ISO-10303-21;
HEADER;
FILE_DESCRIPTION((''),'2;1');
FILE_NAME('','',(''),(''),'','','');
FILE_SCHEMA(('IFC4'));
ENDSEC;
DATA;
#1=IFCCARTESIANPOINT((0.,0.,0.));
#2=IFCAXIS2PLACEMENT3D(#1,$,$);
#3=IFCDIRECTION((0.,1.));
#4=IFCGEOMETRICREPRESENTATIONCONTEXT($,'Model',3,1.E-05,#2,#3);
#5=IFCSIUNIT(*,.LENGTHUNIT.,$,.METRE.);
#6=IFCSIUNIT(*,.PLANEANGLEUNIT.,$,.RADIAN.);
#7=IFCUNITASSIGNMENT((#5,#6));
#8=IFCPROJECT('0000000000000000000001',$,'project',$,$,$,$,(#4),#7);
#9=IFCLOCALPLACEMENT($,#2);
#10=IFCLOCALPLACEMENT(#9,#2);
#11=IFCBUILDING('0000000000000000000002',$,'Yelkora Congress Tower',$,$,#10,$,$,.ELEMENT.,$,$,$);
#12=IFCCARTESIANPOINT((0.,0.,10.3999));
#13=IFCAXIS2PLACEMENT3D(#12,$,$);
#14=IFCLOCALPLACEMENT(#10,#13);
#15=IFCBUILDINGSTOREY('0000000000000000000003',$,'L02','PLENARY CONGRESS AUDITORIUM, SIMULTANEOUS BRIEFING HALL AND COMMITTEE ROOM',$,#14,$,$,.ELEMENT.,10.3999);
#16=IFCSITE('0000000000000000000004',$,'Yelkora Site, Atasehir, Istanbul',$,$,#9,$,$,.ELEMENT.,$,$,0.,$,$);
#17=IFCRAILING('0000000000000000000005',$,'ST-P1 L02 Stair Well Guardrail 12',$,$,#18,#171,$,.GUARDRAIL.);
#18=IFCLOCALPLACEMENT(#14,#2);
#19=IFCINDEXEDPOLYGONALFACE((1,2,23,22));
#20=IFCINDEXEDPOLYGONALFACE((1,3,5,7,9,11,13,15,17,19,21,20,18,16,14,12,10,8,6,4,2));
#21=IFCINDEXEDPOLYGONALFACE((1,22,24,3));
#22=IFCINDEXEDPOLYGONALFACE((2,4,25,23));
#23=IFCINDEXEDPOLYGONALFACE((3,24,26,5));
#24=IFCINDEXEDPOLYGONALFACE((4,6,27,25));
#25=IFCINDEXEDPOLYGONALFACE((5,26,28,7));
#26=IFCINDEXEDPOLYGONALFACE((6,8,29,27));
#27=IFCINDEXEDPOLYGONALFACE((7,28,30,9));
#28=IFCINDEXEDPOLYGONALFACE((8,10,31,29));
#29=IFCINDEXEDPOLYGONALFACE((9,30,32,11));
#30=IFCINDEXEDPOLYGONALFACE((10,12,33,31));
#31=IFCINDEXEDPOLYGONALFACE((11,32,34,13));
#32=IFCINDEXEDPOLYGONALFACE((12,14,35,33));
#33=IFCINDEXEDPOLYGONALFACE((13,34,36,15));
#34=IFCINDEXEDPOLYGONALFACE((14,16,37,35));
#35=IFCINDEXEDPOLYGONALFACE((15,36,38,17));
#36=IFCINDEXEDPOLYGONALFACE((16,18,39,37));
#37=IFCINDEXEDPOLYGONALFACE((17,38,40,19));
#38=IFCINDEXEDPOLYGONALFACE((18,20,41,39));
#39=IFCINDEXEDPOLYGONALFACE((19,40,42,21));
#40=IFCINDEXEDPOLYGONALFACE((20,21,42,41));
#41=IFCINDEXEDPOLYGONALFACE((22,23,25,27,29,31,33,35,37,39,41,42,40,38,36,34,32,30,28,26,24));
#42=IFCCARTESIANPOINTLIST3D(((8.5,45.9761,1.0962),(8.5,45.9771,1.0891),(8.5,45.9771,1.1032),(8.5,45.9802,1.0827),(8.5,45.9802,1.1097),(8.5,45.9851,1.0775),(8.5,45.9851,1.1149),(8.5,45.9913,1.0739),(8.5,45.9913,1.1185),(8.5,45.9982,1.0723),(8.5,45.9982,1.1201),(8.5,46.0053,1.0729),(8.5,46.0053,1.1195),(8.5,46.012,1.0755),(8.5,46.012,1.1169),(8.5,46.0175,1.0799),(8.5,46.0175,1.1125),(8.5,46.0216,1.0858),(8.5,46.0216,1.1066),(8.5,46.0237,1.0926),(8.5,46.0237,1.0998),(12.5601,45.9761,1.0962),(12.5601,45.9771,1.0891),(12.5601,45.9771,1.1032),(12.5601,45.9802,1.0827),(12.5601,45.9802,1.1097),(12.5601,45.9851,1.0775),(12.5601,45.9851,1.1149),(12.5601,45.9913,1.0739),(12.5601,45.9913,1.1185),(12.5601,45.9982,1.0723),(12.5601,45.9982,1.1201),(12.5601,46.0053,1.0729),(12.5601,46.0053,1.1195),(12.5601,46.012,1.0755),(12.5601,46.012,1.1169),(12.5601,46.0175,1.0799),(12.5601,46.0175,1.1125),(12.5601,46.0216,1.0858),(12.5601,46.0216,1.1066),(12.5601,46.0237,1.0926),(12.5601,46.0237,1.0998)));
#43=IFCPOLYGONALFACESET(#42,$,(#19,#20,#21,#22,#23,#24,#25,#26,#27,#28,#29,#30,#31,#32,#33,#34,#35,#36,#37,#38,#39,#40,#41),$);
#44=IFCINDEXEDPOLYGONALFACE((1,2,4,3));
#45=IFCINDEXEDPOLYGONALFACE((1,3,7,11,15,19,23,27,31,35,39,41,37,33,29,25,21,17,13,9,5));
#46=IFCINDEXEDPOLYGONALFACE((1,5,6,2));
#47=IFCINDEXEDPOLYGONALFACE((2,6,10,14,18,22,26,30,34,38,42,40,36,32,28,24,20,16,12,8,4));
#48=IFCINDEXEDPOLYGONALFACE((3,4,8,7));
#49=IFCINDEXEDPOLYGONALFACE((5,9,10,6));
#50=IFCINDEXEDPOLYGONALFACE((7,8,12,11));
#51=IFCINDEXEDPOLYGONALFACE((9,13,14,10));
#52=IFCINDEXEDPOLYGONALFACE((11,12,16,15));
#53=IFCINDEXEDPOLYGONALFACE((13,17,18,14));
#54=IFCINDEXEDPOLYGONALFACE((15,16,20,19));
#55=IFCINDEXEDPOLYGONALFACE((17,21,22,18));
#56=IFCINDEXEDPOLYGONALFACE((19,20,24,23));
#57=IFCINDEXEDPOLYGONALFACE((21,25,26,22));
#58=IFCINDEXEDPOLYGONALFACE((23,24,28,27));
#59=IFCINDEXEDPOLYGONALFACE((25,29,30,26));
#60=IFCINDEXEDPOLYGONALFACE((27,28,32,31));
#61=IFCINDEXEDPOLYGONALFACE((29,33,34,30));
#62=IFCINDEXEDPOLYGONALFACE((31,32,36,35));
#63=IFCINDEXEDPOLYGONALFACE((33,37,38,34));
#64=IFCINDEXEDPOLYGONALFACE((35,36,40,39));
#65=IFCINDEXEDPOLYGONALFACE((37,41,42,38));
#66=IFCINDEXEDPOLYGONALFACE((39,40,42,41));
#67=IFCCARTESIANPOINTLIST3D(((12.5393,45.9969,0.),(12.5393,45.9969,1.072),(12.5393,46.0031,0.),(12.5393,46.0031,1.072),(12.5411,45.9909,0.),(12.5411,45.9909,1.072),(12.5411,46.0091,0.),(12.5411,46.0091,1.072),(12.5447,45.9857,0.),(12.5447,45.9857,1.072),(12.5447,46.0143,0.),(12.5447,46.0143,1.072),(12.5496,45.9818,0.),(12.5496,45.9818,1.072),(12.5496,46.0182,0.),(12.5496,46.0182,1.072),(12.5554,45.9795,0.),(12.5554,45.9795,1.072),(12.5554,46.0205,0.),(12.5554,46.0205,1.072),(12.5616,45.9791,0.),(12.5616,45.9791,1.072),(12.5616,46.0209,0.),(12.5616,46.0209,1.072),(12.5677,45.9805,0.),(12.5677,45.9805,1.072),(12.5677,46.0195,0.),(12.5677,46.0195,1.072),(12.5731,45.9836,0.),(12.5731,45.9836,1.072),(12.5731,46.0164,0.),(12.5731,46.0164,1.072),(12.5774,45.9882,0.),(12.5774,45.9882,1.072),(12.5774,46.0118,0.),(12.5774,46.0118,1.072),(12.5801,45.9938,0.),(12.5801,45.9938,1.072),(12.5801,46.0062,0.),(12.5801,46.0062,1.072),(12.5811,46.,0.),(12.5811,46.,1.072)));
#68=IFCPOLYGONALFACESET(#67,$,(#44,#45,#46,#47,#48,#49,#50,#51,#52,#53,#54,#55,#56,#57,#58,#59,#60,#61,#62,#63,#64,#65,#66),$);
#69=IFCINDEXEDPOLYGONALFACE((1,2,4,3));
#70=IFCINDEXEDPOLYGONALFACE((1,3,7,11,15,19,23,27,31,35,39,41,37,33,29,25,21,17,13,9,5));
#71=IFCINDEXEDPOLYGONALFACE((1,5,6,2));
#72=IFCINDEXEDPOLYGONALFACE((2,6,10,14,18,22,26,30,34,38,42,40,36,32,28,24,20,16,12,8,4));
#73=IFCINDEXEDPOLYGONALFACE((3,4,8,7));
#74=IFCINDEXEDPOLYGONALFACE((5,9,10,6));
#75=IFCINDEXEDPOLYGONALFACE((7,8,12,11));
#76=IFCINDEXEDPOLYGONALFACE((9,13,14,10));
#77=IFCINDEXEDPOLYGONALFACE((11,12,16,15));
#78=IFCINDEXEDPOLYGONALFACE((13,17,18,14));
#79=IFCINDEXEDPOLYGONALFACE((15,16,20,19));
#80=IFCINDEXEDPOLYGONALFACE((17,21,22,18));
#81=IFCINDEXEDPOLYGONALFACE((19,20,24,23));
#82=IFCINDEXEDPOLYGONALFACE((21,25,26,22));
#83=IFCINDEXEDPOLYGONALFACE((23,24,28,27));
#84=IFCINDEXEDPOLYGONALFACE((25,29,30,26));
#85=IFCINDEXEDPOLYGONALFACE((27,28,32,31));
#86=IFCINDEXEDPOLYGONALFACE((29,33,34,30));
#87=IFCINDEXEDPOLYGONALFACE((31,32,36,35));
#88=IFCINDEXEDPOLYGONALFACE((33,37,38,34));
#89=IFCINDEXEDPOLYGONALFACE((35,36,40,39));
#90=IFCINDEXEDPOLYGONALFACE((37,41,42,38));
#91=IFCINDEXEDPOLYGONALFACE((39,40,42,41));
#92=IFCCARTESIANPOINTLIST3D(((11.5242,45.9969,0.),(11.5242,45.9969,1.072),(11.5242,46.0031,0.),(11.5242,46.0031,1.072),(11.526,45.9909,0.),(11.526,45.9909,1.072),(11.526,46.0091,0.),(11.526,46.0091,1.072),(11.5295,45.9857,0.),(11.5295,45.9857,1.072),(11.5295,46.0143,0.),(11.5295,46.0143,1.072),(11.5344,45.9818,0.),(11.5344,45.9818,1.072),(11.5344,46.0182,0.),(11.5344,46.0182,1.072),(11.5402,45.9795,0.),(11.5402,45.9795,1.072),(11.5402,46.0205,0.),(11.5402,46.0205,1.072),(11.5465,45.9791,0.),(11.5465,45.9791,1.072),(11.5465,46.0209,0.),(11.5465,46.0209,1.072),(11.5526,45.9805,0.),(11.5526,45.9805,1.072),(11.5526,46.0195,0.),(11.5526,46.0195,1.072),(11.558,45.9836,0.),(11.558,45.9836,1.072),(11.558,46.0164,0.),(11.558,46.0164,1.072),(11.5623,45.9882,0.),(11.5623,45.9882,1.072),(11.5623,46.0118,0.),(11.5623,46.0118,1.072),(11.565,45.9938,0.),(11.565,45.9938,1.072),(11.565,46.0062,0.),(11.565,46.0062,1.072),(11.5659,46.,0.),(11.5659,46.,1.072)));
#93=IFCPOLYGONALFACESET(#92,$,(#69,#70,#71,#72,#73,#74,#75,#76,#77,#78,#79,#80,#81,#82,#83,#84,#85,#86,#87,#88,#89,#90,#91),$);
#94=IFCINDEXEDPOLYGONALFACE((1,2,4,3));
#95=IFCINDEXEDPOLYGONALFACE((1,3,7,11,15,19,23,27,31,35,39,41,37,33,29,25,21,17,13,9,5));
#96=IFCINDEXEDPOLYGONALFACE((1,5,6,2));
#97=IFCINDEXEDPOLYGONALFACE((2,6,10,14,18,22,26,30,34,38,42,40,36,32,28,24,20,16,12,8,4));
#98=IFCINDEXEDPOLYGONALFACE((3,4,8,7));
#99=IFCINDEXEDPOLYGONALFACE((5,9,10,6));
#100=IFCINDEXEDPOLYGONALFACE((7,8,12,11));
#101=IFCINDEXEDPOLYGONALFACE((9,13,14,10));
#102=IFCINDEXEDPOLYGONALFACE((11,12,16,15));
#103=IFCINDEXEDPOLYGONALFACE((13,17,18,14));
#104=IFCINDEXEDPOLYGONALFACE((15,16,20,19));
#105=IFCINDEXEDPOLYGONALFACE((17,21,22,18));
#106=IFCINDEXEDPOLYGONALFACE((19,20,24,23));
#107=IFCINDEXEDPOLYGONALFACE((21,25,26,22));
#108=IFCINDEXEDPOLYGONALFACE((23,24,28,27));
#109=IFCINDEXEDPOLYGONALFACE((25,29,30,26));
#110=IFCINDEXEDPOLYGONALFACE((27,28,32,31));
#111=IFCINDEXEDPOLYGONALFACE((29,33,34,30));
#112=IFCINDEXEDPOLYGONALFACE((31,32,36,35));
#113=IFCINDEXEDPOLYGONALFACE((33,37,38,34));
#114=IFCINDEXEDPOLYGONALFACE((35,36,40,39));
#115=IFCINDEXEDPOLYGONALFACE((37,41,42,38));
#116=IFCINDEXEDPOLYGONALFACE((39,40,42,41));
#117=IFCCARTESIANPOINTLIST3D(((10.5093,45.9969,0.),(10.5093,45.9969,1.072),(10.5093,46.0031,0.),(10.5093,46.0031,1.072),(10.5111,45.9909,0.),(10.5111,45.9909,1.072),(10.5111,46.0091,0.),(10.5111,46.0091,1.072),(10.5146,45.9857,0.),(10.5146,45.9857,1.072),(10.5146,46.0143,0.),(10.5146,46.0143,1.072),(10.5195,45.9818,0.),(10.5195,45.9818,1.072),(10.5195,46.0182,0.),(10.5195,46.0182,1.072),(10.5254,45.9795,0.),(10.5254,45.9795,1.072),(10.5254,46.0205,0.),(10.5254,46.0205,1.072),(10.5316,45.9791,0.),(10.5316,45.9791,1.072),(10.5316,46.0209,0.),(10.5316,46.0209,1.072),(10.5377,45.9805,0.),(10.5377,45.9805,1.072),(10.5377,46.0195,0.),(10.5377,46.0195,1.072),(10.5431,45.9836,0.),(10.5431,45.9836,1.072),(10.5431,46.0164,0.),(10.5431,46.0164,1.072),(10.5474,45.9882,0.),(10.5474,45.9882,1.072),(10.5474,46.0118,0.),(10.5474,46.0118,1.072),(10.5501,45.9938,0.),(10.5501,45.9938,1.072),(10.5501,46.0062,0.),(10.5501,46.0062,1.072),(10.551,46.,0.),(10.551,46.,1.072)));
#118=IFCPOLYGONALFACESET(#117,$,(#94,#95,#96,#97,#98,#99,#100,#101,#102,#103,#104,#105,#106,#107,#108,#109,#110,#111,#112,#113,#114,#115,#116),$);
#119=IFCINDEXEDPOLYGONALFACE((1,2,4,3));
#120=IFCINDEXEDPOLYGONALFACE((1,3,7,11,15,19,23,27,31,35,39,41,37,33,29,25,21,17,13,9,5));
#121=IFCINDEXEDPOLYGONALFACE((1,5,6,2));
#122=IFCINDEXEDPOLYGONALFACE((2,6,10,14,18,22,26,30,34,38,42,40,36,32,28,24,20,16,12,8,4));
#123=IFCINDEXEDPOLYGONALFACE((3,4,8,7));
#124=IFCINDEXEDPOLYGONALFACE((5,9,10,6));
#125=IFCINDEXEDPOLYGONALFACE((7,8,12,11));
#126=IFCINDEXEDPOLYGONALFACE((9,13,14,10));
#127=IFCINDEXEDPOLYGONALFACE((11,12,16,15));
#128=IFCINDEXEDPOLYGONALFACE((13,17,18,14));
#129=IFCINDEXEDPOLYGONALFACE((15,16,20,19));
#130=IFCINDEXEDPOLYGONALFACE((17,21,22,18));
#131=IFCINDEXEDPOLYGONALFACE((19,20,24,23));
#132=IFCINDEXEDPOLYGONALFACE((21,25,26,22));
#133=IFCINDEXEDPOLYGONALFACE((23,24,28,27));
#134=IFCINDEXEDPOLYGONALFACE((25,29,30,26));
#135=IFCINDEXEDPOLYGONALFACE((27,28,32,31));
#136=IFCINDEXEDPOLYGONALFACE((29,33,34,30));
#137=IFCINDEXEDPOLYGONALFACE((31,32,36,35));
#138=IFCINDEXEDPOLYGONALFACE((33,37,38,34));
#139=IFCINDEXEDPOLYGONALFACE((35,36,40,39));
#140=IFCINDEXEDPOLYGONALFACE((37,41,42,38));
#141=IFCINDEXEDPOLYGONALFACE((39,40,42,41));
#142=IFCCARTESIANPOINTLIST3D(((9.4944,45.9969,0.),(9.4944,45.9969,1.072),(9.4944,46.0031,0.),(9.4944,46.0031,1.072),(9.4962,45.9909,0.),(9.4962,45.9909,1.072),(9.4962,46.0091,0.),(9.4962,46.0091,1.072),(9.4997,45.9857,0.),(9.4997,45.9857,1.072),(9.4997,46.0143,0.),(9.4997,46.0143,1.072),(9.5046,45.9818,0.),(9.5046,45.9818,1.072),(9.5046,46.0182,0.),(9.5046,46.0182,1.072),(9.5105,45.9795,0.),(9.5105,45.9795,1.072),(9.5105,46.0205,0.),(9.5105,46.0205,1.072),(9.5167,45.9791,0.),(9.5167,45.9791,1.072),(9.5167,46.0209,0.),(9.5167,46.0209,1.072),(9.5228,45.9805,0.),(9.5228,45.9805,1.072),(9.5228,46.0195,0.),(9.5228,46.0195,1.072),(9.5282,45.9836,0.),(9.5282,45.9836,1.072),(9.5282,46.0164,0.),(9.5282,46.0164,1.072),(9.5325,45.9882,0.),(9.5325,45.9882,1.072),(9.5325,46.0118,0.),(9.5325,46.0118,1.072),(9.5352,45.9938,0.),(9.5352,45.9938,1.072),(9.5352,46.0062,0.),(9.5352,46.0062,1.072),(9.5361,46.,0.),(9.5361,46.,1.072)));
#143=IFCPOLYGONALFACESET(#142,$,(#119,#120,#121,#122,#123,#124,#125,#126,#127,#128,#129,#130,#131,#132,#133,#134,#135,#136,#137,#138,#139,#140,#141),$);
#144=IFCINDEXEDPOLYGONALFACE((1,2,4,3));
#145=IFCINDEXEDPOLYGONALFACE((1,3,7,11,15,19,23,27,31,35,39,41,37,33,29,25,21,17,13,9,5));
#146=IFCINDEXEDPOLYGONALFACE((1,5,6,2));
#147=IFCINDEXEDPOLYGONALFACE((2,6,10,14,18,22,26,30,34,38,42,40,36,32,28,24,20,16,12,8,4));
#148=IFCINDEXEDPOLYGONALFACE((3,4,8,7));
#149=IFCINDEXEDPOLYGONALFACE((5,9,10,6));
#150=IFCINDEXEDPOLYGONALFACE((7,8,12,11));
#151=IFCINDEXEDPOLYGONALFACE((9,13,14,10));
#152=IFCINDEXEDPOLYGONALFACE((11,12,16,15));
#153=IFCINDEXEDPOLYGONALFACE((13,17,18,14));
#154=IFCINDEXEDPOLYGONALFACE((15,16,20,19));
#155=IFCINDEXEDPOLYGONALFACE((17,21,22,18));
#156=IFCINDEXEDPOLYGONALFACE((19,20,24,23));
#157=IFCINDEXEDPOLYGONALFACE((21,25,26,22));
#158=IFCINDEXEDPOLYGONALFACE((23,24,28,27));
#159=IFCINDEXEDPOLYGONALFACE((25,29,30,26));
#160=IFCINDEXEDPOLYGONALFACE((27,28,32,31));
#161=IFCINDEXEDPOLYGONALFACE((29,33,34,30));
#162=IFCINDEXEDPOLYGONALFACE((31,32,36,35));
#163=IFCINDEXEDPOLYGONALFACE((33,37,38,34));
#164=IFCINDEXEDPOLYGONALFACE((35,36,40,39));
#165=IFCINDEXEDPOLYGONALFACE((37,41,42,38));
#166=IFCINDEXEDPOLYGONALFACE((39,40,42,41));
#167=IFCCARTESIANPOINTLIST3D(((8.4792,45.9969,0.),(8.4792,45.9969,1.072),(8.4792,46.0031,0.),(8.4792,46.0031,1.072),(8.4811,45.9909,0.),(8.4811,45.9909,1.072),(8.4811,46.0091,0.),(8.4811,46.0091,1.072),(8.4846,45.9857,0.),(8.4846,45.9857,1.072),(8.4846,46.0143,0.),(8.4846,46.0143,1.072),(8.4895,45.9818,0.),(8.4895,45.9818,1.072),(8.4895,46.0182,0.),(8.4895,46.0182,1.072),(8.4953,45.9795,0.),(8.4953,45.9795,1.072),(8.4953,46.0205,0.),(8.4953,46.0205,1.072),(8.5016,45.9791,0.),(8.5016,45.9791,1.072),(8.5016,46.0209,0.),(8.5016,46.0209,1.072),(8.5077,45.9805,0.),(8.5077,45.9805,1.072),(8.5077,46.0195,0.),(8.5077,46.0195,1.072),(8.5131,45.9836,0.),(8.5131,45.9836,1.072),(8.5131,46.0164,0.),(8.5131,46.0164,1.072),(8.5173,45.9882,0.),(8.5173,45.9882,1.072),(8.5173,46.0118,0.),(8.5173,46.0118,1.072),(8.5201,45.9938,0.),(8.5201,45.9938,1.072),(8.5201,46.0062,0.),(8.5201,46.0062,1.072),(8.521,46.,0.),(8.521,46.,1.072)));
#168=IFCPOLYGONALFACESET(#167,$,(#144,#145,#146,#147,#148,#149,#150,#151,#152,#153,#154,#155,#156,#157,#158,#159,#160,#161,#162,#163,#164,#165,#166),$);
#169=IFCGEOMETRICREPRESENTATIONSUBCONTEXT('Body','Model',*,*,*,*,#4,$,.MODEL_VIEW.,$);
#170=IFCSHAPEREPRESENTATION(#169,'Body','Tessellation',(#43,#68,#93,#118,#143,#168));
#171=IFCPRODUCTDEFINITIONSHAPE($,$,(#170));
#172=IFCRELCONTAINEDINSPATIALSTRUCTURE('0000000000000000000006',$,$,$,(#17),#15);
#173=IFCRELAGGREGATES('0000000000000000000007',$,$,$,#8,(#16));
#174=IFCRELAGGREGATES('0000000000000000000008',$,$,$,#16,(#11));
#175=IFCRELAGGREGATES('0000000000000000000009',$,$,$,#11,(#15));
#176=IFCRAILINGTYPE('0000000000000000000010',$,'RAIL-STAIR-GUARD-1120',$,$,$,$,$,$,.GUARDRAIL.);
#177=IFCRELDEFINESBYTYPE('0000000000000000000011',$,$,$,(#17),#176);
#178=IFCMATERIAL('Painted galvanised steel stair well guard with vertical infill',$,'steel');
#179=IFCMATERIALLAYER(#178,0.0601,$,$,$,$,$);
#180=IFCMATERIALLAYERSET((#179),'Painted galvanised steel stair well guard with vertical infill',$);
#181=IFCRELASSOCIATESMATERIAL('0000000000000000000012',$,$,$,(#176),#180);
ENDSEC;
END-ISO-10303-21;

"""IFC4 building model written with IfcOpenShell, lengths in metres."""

from ifc_helpers import new_model, si_unit, direction, frame, origin, origin_2d, place, context, subcontext, project, spatial, circle, extrude, material, layer, layer_set, type_object, element, save


model = new_model("IFC4")

# Units and contexts
model_context = context("Model", 3, precision=1e-05, world=origin(), true_north=direction((0.0, 1.0)))
body_context = subcontext(model_context, "Body", "Model", "MODEL_VIEW")
ifc_project = project(units=[si_unit("LENGTHUNIT", "METRE"), si_unit("PLANEANGLEUNIT", "RADIAN")], contexts=[model_context])

# Site, building, storey
site_placement = place(None, origin())
site = spatial("IfcSite", under=ifc_project, at=site_placement, Name="Yelkora Site, Atasehir, Istanbul", CompositionType="ELEMENT", RefElevation=0.0)
building_placement = place(site_placement, origin())
building = spatial("IfcBuilding", under=site, at=building_placement, Name="Yelkora Congress Tower", CompositionType="ELEMENT")
storey_placement = place(building_placement, frame((0.0, 0.0, 10.3999)))
storey = spatial("IfcBuildingStorey", under=building, at=storey_placement, Name="L02", Description="PLENARY CONGRESS AUDITORIUM, SIMULTANEOUS BRIEFING HALL AND COMMITTEE ROOM", CompositionType="ELEMENT", Elevation=10.3999)

# Railing
ifc_material_1 = material(Name="Painted galvanised steel stair well guard with vertical infill", Category="steel")
ifc_layer_1 = layer(ifc_material_1, 0.0601)
ifc_layer_set_1 = layer_set([ifc_layer_1], Name="Painted galvanised steel stair well guard with vertical infill")
railing_type_1 = type_object("IfcRailingType", Name="RAIL-STAIR-GUARD-1120", PredefinedType="GUARDRAIL", material=ifc_layer_set_1)
railing_1_placement = place(storey_placement, frame((12.5601, 46.0, 0.0)))
element("IfcRailing", 1, at=railing_1_placement, inside=storey, type_object=railing_type_1, Name="ST-P1 L02 Stair Well Guardrail 12", PredefinedType="GUARDRAIL", context=body_context, shape_type="SweptSolid", body=[
    extrude(circle(Radius=0.0239, at=origin_2d()), frame((0.0, 0.0, 1.0962), z_axis=(-1.0, 0.0, 0.0), x_axis=(0.0, -1.0, 0.0)), (0.0, 0.0, 1.0), 4.0601),
    extrude(circle(Radius=0.021, at=origin_2d()), origin(), (0.0, 0.0, 1.0), 1.072),
    extrude(circle(Radius=0.021, at=origin_2d()), frame((-1.0151, 0.0, 0.0)), (0.0, 0.0, 1.0), 1.072),
    extrude(circle(Radius=0.021, at=origin_2d()), frame((-2.03, 0.0, 0.0)), (0.0, 0.0, 1.0), 1.072),
    extrude(circle(Radius=0.021, at=origin_2d()), frame((-3.0449, 0.0, 0.0)), (0.0, 0.0, 1.0), 1.072),
    extrude(circle(Radius=0.021, at=origin_2d()), frame((-4.0601, 0.0, 0.0)), (0.0, 0.0, 1.0), 1.072),
])

save(model, "model.ifc")
